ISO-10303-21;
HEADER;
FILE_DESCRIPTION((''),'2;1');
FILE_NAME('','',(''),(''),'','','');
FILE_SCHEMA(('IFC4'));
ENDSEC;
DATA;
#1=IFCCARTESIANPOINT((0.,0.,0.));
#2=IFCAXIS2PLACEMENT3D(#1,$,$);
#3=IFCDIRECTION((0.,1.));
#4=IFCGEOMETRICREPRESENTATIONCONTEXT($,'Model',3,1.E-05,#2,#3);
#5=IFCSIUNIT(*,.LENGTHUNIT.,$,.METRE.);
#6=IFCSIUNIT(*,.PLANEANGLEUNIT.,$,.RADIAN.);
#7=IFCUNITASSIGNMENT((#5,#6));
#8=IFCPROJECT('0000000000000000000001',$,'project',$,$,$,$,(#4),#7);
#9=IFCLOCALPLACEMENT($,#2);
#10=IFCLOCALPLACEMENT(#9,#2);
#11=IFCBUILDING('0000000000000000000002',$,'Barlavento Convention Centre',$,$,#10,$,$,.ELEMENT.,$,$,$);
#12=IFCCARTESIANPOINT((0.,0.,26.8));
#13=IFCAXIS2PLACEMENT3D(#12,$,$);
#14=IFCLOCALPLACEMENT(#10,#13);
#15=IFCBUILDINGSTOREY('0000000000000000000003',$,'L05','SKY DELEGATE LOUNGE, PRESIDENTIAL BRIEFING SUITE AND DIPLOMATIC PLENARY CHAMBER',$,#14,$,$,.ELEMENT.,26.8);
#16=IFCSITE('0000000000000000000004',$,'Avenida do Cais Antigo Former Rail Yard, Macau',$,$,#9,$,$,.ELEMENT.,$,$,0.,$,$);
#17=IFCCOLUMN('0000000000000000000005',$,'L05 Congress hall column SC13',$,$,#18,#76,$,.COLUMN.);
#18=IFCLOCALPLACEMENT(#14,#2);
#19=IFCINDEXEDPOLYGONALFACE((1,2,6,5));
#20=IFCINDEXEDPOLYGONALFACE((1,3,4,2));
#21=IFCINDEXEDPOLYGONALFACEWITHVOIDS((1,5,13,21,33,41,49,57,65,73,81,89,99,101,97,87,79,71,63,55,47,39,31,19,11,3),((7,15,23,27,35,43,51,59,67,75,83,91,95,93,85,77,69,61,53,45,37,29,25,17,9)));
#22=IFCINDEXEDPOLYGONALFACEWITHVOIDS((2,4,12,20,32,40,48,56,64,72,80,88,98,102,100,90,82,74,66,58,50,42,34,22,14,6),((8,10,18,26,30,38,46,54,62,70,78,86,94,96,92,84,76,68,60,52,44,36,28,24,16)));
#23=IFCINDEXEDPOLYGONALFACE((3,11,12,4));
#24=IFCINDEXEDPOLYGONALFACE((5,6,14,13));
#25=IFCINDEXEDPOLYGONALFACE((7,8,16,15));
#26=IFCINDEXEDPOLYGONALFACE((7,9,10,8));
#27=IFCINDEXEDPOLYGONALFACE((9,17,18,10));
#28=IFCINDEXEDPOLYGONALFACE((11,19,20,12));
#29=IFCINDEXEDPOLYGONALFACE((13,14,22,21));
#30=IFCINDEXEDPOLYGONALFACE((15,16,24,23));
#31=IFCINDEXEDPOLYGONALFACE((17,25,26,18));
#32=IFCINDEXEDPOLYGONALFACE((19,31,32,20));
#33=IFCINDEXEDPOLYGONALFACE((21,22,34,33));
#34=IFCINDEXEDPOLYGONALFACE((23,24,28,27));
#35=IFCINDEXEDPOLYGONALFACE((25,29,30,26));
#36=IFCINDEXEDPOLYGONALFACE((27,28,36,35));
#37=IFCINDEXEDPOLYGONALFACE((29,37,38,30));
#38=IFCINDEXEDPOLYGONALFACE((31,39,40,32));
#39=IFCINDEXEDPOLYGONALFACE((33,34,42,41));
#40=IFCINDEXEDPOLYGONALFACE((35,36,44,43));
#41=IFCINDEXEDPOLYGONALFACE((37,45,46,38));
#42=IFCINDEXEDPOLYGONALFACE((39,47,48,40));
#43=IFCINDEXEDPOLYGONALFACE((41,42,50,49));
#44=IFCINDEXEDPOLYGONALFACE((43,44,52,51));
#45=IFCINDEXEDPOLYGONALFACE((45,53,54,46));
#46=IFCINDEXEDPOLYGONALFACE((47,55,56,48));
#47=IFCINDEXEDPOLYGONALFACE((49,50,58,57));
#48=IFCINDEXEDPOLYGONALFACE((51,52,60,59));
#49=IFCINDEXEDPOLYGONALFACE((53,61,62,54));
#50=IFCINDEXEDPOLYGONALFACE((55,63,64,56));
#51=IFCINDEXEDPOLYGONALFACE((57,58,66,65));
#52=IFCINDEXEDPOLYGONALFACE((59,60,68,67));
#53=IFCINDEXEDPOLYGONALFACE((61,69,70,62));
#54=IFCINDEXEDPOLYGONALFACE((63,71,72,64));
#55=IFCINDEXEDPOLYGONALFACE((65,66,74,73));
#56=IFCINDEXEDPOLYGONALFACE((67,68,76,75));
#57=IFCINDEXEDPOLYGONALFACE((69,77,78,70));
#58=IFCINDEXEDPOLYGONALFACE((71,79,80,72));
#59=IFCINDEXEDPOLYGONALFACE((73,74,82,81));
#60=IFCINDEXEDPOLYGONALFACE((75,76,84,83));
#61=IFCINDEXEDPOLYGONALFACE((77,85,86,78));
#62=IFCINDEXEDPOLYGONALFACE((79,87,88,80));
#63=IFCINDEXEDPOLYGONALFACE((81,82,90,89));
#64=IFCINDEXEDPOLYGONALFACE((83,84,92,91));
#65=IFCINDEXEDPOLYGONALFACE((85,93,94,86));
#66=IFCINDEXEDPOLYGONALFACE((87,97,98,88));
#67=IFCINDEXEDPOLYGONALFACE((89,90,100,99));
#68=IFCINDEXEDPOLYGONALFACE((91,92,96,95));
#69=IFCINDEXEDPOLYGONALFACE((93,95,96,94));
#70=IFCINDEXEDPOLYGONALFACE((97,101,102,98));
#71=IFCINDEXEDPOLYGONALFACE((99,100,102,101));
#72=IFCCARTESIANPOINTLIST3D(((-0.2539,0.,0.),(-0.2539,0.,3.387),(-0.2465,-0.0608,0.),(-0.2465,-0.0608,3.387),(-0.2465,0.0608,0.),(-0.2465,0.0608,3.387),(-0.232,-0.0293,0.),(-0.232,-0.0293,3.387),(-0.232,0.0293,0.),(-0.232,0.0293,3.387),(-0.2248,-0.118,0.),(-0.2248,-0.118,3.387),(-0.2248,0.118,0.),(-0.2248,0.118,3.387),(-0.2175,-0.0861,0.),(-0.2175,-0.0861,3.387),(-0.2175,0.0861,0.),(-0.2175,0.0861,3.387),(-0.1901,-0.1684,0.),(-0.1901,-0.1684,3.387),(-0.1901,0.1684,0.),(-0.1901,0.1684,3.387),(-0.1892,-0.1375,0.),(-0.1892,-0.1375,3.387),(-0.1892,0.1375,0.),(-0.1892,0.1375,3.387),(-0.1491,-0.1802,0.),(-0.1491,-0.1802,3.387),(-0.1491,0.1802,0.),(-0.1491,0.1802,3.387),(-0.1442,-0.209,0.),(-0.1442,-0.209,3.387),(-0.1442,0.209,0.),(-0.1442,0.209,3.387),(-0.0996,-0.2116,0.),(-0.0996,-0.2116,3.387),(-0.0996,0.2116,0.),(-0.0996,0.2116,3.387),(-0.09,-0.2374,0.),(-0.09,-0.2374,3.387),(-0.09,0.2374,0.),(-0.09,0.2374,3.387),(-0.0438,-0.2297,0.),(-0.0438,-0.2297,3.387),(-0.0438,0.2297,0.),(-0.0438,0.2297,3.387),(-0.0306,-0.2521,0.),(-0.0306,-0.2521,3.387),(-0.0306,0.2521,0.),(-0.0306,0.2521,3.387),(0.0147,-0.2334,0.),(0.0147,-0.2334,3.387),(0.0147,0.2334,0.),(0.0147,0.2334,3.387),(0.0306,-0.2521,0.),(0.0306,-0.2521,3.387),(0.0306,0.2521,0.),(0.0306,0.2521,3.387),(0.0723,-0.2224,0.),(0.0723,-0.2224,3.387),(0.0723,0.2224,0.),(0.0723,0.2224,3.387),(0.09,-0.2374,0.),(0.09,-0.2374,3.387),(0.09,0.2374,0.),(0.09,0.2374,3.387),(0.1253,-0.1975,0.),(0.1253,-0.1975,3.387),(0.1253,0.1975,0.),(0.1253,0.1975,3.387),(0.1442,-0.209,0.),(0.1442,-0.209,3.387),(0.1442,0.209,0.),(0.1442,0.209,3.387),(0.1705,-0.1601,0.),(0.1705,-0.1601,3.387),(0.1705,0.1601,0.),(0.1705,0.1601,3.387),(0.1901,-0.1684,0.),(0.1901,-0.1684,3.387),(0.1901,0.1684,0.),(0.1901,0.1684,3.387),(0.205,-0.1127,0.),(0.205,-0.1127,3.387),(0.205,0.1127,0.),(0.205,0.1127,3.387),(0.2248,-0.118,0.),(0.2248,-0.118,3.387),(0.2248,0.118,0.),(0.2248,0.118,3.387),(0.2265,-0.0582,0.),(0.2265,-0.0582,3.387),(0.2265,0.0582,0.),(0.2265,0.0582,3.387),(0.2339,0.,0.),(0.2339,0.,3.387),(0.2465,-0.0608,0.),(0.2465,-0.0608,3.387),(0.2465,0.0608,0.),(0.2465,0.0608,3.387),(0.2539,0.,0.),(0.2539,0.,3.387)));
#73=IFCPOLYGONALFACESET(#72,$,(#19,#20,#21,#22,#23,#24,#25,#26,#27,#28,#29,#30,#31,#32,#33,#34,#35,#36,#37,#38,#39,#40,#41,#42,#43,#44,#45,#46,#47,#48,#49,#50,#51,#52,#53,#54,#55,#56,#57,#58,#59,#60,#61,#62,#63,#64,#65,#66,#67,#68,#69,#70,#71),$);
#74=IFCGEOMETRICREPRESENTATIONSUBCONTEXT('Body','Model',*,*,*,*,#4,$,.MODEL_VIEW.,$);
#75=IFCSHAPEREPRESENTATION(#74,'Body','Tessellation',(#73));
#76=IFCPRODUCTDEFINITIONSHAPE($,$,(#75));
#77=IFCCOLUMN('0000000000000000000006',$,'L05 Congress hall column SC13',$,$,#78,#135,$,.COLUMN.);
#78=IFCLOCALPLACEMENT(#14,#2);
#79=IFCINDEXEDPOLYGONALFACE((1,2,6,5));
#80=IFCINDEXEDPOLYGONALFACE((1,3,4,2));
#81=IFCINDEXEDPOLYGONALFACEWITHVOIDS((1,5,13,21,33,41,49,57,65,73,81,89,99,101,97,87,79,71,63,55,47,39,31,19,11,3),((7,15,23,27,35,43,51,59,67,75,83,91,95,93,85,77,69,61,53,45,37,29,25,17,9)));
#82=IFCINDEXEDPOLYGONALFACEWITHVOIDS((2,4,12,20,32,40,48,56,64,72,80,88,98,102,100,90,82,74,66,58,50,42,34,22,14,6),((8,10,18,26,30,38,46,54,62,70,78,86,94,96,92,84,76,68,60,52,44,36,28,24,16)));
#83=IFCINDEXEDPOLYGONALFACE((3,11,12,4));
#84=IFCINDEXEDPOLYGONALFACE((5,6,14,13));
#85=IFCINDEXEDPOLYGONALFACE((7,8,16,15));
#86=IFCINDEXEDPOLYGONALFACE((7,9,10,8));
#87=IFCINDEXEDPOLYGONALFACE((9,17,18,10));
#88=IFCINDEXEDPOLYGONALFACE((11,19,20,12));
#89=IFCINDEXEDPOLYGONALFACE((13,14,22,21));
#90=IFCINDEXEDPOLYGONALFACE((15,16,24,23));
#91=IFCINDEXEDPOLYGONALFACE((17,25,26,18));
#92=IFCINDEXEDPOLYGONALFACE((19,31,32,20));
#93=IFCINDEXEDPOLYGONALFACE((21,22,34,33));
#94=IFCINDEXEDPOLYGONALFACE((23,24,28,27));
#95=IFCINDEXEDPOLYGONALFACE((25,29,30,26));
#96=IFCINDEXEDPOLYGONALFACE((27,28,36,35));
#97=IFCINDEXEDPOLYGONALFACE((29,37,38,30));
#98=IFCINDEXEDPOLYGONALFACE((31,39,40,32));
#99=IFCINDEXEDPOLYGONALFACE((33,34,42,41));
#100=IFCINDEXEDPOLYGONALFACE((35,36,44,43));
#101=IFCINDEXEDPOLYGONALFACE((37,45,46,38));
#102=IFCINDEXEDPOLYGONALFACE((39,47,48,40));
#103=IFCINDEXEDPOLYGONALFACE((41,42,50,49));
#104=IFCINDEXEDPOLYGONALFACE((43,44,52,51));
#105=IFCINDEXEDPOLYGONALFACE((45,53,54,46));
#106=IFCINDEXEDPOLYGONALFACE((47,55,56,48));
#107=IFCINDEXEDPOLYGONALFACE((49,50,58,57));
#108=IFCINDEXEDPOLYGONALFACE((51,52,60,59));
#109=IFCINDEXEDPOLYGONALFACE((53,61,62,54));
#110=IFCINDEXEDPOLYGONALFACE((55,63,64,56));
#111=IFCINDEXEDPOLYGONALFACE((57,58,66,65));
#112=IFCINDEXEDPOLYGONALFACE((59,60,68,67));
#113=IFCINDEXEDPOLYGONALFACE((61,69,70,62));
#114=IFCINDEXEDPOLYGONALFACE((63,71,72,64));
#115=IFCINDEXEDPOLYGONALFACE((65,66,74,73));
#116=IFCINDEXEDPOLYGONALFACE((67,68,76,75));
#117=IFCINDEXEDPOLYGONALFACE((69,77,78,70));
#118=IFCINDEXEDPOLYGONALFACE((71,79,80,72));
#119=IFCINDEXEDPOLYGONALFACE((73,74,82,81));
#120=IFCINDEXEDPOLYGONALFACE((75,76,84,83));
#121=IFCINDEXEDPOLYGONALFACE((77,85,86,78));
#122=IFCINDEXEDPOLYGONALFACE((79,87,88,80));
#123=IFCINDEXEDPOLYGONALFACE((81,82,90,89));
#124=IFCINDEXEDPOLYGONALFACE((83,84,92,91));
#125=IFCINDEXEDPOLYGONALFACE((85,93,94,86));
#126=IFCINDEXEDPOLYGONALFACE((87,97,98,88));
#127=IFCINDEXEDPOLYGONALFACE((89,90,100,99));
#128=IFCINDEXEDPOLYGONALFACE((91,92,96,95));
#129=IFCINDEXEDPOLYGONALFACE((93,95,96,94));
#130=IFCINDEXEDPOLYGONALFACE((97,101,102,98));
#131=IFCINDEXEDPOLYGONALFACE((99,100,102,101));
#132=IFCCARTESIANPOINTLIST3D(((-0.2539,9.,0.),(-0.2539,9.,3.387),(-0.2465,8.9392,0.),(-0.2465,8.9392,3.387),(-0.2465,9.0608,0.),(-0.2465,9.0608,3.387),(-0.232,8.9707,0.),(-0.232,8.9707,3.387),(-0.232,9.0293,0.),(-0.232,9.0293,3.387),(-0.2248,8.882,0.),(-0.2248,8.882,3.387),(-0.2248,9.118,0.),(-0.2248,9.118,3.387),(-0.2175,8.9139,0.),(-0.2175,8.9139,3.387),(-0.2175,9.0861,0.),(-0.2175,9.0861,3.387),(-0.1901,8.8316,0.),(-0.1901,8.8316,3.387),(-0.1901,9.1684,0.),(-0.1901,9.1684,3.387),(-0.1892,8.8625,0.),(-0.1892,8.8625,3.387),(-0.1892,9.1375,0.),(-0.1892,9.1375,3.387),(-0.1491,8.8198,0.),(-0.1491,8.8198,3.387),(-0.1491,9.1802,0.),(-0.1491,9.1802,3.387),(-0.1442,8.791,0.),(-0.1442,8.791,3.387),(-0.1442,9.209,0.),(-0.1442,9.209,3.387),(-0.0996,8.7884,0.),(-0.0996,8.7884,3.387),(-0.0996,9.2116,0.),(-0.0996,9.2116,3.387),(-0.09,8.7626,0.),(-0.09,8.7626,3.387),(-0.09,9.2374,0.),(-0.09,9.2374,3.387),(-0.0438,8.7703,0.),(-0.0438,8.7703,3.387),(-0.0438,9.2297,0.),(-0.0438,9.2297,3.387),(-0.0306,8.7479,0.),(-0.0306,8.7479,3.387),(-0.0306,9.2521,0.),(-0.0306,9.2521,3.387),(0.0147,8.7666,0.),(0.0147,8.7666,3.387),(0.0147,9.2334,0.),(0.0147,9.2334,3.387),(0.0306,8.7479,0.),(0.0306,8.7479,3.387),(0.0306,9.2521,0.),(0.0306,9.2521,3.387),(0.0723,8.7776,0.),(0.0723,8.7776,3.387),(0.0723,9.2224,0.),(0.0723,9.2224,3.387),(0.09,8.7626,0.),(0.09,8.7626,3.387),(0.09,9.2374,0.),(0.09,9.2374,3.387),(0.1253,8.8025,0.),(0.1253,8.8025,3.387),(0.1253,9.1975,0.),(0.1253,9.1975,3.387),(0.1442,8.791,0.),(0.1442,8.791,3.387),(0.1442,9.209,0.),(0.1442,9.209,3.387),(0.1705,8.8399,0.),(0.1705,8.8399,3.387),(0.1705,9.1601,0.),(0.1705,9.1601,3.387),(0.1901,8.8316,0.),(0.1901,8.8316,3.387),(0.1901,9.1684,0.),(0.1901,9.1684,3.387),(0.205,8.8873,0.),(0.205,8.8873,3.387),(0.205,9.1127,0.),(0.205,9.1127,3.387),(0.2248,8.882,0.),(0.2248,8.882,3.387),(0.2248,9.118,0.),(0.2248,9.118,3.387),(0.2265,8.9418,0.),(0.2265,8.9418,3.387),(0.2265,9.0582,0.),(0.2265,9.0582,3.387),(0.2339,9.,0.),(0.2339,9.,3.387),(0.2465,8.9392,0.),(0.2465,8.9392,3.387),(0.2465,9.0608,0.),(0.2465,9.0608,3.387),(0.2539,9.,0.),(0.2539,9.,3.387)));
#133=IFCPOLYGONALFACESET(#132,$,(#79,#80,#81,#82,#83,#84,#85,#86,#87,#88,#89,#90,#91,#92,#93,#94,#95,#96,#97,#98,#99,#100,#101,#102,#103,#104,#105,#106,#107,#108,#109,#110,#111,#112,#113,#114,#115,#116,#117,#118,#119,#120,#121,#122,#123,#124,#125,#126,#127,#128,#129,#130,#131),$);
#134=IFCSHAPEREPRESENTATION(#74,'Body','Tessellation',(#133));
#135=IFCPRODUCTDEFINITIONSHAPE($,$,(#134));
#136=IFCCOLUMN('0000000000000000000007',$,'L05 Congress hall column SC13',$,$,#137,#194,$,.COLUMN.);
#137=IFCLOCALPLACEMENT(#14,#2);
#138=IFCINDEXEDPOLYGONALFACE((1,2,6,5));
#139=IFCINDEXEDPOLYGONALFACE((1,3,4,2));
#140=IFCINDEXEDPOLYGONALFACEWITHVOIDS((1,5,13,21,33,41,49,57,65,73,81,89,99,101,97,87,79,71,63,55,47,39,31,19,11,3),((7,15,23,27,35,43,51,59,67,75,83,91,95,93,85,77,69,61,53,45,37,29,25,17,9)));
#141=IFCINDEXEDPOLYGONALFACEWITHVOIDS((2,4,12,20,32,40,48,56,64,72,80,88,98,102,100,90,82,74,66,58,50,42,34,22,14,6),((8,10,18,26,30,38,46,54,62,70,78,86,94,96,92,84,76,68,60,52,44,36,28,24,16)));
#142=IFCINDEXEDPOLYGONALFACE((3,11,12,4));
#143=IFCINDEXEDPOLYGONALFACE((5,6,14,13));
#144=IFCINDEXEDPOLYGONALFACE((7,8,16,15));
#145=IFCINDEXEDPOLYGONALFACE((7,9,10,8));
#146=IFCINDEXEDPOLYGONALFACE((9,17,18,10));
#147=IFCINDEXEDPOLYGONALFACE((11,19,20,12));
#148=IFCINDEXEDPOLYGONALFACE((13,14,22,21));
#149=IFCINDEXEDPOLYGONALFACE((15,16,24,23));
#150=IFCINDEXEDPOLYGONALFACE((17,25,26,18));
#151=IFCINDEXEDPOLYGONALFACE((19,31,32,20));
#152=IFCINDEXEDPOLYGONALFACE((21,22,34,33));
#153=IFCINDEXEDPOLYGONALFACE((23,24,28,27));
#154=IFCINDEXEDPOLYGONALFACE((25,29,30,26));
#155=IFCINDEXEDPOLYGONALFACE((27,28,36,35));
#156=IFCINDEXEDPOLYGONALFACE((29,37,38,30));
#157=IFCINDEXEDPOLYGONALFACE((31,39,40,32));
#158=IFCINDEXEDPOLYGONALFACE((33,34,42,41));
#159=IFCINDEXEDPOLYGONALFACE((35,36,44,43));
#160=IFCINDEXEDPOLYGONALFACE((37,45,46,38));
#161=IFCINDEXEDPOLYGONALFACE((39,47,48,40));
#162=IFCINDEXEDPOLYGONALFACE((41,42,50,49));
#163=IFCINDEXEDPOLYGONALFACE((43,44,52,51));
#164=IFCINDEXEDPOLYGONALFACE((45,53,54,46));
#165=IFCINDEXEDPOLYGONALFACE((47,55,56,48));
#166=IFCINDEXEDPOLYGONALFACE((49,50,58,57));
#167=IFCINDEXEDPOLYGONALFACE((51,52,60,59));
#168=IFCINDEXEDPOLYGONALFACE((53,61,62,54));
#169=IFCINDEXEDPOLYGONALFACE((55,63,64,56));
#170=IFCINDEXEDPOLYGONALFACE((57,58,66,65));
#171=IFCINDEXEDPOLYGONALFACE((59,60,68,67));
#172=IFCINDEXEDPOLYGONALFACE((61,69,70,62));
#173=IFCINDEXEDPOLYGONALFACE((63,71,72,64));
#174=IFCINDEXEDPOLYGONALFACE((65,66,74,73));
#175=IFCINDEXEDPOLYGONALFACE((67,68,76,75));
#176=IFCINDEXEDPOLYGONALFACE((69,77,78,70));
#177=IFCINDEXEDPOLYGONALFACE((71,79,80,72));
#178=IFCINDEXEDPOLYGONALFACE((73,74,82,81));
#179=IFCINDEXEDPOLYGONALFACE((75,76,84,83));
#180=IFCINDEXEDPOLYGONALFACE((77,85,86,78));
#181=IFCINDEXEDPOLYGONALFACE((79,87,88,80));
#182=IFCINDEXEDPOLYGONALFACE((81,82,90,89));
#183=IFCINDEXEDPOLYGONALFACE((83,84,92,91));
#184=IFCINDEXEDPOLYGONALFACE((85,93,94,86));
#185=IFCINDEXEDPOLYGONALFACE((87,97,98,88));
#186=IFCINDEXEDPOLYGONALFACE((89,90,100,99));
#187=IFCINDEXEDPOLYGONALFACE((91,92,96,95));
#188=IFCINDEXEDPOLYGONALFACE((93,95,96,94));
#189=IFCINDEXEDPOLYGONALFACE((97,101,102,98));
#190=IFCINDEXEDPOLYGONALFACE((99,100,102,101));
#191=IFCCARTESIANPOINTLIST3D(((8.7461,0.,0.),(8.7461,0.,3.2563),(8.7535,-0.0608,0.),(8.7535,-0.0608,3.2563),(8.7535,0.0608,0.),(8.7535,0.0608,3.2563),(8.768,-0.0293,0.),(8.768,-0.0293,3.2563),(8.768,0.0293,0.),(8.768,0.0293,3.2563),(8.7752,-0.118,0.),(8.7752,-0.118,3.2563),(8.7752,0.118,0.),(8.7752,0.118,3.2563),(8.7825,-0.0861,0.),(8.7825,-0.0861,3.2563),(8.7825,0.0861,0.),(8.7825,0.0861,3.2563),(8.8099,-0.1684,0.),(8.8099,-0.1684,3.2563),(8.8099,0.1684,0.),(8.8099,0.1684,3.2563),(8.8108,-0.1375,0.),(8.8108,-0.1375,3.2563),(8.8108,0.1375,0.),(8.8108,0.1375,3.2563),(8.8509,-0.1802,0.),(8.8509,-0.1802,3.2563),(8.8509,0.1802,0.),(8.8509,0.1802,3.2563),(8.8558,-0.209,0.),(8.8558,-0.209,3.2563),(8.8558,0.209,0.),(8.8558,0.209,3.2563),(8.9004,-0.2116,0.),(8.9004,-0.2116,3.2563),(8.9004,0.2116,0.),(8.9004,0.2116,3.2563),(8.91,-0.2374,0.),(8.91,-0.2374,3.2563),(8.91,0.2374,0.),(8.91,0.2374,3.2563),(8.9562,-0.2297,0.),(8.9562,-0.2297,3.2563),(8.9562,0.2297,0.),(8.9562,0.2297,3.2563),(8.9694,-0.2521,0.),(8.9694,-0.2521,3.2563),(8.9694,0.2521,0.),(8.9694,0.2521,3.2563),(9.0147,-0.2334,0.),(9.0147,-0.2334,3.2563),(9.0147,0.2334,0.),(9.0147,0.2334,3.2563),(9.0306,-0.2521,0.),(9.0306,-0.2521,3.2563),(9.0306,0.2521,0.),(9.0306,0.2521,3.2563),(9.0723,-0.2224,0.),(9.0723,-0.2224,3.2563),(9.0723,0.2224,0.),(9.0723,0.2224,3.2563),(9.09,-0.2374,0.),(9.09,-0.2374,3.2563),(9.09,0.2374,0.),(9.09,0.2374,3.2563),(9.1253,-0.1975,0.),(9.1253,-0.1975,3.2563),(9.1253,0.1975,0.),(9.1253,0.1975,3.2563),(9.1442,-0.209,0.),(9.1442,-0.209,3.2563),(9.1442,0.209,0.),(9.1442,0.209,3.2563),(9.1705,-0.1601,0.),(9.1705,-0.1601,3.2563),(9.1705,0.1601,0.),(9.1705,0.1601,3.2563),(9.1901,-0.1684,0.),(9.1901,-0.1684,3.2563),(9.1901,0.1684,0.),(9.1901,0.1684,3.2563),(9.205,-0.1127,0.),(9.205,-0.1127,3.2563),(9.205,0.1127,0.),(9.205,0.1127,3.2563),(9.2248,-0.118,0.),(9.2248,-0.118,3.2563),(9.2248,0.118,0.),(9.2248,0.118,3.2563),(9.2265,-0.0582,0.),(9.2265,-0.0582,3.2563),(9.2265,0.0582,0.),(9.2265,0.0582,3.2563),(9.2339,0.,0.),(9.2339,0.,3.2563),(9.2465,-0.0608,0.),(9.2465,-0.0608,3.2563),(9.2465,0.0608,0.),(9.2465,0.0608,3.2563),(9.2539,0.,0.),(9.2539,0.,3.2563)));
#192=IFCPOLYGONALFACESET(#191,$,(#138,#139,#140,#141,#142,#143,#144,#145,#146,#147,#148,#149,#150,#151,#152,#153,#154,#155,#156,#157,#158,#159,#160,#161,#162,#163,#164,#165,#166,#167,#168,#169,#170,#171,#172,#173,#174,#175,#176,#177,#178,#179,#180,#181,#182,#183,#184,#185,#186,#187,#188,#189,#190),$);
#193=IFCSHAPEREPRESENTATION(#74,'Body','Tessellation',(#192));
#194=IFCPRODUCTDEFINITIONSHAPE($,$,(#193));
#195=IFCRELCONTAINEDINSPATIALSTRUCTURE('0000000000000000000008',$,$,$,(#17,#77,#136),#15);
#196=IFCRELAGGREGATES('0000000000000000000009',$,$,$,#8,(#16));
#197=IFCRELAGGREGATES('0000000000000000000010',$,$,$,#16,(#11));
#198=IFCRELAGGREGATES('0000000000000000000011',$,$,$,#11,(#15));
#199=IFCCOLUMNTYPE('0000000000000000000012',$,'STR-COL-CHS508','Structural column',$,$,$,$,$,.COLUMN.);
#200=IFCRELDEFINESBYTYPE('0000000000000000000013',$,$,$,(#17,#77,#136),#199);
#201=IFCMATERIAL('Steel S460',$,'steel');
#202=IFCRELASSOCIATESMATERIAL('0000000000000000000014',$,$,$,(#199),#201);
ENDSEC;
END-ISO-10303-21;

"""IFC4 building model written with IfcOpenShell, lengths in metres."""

from ifc_helpers import new_model, si_unit, direction, frame, origin, origin_2d, place, context, subcontext, project, spatial, hollow_circle, extrude, material, material_profile, profile_set, type_object, element, save


model = new_model("IFC4")

# Units and contexts
model_context = context("Model", 3, precision=1e-05, world=origin(), true_north=direction((0.0, 1.0)))
body_context = subcontext(model_context, "Body", "Model", "MODEL_VIEW")
ifc_project = project(units=[si_unit("LENGTHUNIT", "METRE"), si_unit("PLANEANGLEUNIT", "RADIAN")], contexts=[model_context])

# Site, building, storey
site_placement = place(None, origin())
site = spatial("IfcSite", under=ifc_project, at=site_placement, Name="Avenida do Cais Antigo Former Rail Yard, Macau", CompositionType="ELEMENT", RefElevation=0.0)
building_placement = place(site_placement, origin())
building = spatial("IfcBuilding", under=site, at=building_placement, Name="Barlavento Convention Centre", CompositionType="ELEMENT")
storey_placement = place(building_placement, frame((0.0, 0.0, 26.8)))
storey = spatial("IfcBuildingStorey", under=building, at=storey_placement, Name="L05", Description="SKY DELEGATE LOUNGE, PRESIDENTIAL BRIEFING SUITE AND DIPLOMATIC PLENARY CHAMBER", CompositionType="ELEMENT", Elevation=26.8)

# Columns
ifc_material_1 = material(Name="Steel S460", Category="steel")
ifc_material_profile = material_profile(ifc_material_1, hollow_circle(Radius=0.2539, WallThickness=0.02, at=origin_2d()), Name="CHS 508.0x20.0")
ifc_profile_set = profile_set([ifc_material_profile], Name="Steel S460")
column_type = type_object("IfcColumnType", Name="STR-COL-CHS508", Description="Structural column", PredefinedType="COLUMN", material=ifc_profile_set)
for number, where, z_axis, x_axis, name in (
    (1, (0.0, 0.0, 0.0), (0.0, 0.0, 1.0), (1.0, 0.0, 0.0), "L05 Congress hall column SC13"),
    (2, (0.0, 9.0, 0.0), (0.0, 0.0, 1.0), (1.0, 0.0, 0.0), "L05 Congress hall column SC13"),
):
    element("IfcColumn", number, at=place(storey_placement, frame(where, z_axis=z_axis, x_axis=x_axis)), inside=storey, type_object=column_type, Name=name, PredefinedType="COLUMN", context=body_context, shape_type="SweptSolid", body=[
        extrude(hollow_circle(Radius=0.2539, WallThickness=0.02, at=origin_2d()), origin(), (0.0, 0.0, 1.0), 3.387),
    ])
for number, where, z_axis, x_axis, name in (
    (3, (9.0, 0.0, 0.0), (0.0, 0.0, 1.0), (1.0, 0.0, 0.0), "L05 Congress hall column SC13"),
):
    element("IfcColumn", number, at=place(storey_placement, frame(where, z_axis=z_axis, x_axis=x_axis)), inside=storey, type_object=column_type, Name=name, PredefinedType="COLUMN", context=body_context, shape_type="SweptSolid", body=[
        extrude(hollow_circle(Radius=0.2539, WallThickness=0.02, at=origin_2d()), origin(), (0.0, 0.0, 1.0), 3.2563),
    ])

save(model, "model.ifc")
